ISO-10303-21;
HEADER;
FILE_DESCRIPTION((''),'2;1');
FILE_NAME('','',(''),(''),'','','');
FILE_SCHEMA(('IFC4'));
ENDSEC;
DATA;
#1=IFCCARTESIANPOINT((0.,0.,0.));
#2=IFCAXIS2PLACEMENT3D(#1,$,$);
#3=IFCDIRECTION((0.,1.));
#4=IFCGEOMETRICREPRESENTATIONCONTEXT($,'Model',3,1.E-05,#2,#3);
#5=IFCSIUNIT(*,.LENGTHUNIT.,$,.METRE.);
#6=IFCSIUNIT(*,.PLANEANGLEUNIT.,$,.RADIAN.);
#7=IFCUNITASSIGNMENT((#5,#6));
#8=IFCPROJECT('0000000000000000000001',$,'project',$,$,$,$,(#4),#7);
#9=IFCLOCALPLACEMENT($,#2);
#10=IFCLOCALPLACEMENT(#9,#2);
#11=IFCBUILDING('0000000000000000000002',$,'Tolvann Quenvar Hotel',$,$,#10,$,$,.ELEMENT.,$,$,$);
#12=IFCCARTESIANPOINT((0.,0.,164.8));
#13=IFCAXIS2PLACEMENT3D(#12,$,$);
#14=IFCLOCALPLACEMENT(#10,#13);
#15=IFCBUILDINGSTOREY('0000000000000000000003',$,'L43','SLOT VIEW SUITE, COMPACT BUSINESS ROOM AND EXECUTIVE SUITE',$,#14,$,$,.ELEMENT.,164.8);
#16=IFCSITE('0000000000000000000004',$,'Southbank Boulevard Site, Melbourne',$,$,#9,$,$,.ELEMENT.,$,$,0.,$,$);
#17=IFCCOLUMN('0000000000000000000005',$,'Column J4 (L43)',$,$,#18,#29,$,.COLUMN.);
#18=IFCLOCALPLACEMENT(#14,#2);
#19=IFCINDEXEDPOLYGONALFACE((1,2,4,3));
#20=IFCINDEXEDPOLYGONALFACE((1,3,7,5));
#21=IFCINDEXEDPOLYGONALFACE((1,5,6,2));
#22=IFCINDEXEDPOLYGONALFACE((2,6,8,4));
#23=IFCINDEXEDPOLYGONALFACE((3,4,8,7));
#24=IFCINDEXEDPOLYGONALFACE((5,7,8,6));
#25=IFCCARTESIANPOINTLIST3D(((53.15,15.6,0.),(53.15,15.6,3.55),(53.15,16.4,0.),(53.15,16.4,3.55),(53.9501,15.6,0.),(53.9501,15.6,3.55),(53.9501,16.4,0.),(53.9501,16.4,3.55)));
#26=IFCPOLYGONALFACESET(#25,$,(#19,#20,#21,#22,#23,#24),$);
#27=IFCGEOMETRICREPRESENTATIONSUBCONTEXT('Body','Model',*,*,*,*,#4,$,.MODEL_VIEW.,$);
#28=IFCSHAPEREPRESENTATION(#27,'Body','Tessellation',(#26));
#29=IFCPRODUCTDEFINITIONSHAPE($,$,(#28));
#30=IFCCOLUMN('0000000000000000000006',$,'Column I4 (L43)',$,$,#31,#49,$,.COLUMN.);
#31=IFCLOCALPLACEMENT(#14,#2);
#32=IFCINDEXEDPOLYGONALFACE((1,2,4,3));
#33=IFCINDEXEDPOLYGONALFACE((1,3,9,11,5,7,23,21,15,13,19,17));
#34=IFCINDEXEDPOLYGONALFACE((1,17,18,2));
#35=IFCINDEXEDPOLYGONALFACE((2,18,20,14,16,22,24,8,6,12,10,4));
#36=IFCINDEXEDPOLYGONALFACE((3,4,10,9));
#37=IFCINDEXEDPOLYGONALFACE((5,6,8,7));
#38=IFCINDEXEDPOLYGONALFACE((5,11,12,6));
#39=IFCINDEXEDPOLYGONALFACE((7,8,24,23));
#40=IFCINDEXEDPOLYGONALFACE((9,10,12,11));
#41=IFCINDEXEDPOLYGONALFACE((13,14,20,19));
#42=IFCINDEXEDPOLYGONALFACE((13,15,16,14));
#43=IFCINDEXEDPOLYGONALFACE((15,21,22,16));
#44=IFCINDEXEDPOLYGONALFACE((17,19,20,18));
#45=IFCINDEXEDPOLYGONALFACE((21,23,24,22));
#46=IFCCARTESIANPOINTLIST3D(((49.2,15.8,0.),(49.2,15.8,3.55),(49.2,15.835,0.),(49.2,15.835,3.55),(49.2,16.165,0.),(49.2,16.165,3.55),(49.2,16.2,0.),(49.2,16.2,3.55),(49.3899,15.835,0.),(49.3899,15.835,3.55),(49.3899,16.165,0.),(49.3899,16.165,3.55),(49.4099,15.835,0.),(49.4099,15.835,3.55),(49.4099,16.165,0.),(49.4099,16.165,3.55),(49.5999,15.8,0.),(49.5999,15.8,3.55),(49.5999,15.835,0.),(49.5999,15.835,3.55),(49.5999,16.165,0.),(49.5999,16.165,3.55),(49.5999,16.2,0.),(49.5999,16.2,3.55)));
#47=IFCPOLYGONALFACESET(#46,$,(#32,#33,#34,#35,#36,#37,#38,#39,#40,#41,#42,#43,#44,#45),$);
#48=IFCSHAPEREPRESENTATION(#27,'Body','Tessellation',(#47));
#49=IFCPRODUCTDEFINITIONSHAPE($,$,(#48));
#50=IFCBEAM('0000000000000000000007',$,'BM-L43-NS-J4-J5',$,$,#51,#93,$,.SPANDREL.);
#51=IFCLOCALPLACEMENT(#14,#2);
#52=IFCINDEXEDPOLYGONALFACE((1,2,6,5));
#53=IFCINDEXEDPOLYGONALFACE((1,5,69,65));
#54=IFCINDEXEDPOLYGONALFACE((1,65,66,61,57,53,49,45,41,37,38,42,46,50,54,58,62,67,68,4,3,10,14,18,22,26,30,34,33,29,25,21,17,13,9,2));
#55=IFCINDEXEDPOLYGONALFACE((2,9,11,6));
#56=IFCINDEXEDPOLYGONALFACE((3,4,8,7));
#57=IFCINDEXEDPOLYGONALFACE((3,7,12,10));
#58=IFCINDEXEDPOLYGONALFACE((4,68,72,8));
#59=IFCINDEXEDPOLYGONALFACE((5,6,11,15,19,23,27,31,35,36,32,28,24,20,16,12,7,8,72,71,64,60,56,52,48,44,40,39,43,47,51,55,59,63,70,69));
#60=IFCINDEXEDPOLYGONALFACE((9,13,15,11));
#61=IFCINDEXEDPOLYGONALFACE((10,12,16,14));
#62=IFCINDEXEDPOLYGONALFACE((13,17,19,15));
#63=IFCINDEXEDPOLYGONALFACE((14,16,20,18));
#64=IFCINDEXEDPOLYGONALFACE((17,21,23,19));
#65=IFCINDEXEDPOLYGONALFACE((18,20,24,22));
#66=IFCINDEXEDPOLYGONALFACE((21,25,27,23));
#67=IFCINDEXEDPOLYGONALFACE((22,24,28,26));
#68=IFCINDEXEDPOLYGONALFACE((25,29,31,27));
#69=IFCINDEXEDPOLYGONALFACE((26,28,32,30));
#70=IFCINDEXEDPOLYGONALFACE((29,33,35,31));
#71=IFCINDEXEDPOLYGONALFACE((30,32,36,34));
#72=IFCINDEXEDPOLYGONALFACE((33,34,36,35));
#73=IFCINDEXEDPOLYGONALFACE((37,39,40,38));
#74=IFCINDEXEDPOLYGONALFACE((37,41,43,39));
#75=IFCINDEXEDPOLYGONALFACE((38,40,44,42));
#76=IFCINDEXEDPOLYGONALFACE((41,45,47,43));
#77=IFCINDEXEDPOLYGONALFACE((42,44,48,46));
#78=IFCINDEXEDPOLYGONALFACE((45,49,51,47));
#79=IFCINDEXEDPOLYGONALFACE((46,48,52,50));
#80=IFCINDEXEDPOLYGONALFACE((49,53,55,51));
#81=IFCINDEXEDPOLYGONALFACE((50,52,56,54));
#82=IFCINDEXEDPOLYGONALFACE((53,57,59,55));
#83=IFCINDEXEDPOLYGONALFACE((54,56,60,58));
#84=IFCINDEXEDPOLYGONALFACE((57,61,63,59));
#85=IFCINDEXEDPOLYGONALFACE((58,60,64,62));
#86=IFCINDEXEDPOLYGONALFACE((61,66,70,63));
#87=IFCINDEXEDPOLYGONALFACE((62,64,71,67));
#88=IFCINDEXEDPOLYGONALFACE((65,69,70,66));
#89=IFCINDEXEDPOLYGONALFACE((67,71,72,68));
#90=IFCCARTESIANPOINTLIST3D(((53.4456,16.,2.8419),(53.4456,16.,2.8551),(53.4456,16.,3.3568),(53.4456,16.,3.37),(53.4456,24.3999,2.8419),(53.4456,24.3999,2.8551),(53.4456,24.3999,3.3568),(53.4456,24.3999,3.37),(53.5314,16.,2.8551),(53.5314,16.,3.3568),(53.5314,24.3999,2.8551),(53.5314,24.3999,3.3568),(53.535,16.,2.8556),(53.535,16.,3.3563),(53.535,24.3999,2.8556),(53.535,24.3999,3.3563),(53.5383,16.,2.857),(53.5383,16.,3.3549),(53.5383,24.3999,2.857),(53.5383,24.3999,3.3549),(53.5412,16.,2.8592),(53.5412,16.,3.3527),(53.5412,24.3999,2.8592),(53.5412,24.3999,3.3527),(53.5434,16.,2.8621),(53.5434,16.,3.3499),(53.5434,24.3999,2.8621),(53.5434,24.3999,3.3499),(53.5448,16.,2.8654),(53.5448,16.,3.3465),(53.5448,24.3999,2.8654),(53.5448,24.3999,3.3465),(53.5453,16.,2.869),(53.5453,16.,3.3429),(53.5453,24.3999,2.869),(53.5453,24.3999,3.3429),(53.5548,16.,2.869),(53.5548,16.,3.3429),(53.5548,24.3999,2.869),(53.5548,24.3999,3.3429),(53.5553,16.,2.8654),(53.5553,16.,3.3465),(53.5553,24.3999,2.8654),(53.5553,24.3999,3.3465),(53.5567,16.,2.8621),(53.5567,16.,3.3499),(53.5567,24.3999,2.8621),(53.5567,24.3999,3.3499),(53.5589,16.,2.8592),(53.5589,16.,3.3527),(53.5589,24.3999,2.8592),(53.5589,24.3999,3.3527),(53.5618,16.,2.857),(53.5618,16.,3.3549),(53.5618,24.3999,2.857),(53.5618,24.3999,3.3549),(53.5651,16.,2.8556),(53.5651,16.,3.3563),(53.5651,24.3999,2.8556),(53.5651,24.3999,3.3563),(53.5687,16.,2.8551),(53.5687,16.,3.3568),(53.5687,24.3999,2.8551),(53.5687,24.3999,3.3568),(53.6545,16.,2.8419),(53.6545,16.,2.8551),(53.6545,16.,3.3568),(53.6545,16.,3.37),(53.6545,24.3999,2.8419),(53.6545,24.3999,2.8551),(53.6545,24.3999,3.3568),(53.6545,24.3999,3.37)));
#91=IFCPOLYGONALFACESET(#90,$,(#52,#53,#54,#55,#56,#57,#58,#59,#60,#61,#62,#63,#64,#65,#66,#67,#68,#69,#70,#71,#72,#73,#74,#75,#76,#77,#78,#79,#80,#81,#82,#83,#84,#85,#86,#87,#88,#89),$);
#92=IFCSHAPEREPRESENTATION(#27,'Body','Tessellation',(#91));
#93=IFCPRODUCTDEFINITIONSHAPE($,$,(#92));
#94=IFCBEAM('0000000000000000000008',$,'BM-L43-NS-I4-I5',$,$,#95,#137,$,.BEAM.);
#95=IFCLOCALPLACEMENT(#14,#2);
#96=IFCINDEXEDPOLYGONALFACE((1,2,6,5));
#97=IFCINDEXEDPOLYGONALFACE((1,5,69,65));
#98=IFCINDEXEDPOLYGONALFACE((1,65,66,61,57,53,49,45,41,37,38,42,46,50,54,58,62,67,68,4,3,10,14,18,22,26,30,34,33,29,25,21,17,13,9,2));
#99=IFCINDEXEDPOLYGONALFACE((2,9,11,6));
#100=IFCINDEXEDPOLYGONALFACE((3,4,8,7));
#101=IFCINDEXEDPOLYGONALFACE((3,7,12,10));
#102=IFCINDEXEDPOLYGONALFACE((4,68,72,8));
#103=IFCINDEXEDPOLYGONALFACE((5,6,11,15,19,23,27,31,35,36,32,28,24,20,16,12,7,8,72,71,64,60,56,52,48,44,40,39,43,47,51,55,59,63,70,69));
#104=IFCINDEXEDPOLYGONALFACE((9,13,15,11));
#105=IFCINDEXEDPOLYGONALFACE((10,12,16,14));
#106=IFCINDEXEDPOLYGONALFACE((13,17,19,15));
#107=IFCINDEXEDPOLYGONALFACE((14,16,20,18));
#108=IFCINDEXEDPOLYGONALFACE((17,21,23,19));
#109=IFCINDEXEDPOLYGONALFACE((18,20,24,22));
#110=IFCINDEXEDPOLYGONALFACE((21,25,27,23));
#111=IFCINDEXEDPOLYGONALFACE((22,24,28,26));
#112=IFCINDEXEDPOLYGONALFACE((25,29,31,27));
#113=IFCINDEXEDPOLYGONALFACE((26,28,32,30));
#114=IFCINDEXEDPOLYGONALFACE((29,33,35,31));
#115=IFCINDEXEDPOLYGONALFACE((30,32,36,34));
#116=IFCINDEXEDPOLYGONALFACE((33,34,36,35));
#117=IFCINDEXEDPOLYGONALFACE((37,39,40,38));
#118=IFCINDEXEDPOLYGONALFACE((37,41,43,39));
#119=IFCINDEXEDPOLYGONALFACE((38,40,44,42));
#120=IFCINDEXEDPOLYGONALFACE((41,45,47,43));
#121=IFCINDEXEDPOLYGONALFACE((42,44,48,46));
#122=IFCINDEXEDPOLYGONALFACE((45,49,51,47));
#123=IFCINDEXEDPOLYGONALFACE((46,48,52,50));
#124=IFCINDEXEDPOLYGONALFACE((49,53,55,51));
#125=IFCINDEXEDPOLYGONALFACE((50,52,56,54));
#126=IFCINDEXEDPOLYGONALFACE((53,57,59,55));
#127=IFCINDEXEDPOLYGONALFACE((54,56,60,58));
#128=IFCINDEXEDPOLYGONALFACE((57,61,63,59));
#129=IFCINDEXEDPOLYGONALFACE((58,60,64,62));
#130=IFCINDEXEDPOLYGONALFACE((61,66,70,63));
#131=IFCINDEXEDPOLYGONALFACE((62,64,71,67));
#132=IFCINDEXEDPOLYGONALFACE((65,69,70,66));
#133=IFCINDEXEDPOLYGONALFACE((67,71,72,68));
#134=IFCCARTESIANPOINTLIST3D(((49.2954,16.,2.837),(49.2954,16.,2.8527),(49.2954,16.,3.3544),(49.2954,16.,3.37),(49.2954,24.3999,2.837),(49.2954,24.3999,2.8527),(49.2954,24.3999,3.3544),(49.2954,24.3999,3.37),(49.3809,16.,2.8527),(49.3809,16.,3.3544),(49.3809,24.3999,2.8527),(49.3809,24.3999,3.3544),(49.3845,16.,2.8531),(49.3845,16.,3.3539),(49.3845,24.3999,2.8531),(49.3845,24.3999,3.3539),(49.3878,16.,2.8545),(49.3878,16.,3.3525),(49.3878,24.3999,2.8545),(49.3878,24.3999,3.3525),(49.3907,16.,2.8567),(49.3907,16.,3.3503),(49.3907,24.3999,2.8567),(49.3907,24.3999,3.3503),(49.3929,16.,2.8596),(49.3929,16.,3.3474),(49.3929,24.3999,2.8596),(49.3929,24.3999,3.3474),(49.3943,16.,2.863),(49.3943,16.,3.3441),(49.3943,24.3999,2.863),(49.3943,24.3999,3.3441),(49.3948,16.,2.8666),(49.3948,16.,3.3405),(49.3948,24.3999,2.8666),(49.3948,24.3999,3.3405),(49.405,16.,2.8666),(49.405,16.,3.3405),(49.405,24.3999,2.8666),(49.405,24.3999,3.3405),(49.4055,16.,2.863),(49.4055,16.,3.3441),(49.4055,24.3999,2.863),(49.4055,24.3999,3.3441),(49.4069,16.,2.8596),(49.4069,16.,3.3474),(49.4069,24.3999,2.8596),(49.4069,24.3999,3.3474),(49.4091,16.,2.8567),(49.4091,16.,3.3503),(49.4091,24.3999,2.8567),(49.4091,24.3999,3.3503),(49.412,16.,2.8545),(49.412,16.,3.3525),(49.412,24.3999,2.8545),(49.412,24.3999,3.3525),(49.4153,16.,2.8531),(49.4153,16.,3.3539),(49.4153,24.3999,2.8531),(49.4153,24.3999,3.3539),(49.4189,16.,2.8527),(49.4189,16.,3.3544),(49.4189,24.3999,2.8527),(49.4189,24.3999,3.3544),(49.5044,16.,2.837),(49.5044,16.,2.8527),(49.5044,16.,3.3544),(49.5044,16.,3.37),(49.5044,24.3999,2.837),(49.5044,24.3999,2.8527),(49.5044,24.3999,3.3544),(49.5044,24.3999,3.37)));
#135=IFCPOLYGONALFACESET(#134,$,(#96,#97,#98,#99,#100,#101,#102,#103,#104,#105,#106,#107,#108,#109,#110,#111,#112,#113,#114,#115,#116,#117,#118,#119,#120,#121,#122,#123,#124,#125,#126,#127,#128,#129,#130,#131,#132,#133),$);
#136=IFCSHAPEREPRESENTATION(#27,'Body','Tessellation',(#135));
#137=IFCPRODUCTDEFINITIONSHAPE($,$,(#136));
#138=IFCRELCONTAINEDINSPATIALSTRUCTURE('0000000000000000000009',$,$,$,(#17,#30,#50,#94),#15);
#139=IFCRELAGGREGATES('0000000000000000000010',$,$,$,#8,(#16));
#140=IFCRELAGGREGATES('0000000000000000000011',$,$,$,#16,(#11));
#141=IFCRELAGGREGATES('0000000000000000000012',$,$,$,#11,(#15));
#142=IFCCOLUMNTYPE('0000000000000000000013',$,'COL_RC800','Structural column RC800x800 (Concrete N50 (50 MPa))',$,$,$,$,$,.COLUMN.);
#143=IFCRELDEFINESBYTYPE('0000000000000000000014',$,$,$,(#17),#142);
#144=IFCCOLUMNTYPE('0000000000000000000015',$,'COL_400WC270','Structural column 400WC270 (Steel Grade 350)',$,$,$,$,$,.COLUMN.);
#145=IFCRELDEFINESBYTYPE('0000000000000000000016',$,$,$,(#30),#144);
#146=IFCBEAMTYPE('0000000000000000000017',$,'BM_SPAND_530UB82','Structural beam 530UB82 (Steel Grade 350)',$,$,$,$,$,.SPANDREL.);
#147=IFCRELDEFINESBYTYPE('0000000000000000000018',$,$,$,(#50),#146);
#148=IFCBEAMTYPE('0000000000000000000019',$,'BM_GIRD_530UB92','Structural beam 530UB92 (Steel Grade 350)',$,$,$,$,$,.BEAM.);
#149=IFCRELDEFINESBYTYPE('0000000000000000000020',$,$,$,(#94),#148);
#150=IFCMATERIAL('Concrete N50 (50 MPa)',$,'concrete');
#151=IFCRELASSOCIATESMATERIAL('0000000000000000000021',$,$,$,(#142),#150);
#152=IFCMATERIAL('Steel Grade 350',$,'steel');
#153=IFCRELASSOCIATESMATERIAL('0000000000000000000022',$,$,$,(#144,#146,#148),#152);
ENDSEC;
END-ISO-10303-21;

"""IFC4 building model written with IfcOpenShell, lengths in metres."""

from ifc_helpers import new_model, si_unit, direction, frame, origin, origin_2d, place, context, subcontext, project, spatial, rectangle, i_section, extrude, source, transform, mapped, material, material_profile, profile_set, type_object, type_shapes, element, save


model = new_model("IFC4")

# Units and contexts
model_context = context("Model", 3, precision=1e-05, world=origin(), true_north=direction((0.0, 1.0)))
body_context = subcontext(model_context, "Body", "Model", "MODEL_VIEW")
ifc_project = project(units=[si_unit("LENGTHUNIT", "METRE"), si_unit("PLANEANGLEUNIT", "RADIAN")], contexts=[model_context])

# Site, building, storey
site_placement = place(None, origin())
site = spatial("IfcSite", under=ifc_project, at=site_placement, Name="Southbank Boulevard Site, Melbourne", CompositionType="ELEMENT", RefElevation=0.0)
building_placement = place(site_placement, origin())
building = spatial("IfcBuilding", under=site, at=building_placement, Name="Tolvann Quenvar Hotel", CompositionType="ELEMENT")
storey_placement = place(building_placement, frame((0.0, 0.0, 164.8)))
storey = spatial("IfcBuildingStorey", under=building, at=storey_placement, Name="L43", Description="SLOT VIEW SUITE, COMPACT BUSINESS ROOM AND EXECUTIVE SUITE", CompositionType="ELEMENT", Elevation=164.8)

# Columns
ifc_material_1 = material(Name="Concrete N50 (50 MPa)", Category="concrete")
ifc_material_profile_1 = material_profile(ifc_material_1, rectangle(XDim=0.8, YDim=0.8, at=origin_2d()), Name="RC800x800")
ifc_profile_set_1 = profile_set([ifc_material_profile_1], Name="Concrete N50 (50 MPa)")
column_type_1 = type_object("IfcColumnType", Name="COL_RC800", Description="Structural column RC800x800 (Concrete N50 (50 MPa))", PredefinedType="COLUMN", material=ifc_profile_set_1)
shared_shape_1 = source(origin(), body_context, "Body", "SweptSolid", [
    extrude(rectangle(XDim=0.8, YDim=0.8, at=origin_2d()), origin(), (0.0, 0.0, 1.0), 3.55),
])
type_shapes(column_type_1, [shared_shape_1])
column_1_placement = place(storey_placement, frame((53.55, 16.0, 0.0), z_axis=(0.0, 0.0, 1.0), x_axis=(1.0, 0.0, 0.0)))
element("IfcColumn", 1, at=column_1_placement, inside=storey, type_object=column_type_1, Name="Column J4 (L43)", PredefinedType="COLUMN", context=body_context, shape_type="MappedRepresentation", body=[
    mapped(shared_shape_1, transform((0.0, 0.0, 0.0), x_axis=(1.0, 0.0, 0.0), y_axis=(0.0, 1.0, 0.0), z_axis=(0.0, 0.0, 1.0), scale=1.0)),
])
ifc_material_2 = material(Name="Steel Grade 350", Category="steel")
ifc_material_profile_2 = material_profile(ifc_material_2, i_section(OverallWidth=0.3999, OverallDepth=0.3999, WebThickness=0.02, FlangeThickness=0.0349, at=origin_2d()), Name="400WC270")
ifc_profile_set_2 = profile_set([ifc_material_profile_2], Name="Steel Grade 350")
column_type_2 = type_object("IfcColumnType", Name="COL_400WC270", Description="Structural column 400WC270 (Steel Grade 350)", PredefinedType="COLUMN", material=ifc_profile_set_2)
shared_shape_2 = source(origin(), body_context, "Body", "SweptSolid", [
    extrude(i_section(OverallWidth=0.3999, OverallDepth=0.3999, WebThickness=0.02, FlangeThickness=0.0349, at=origin_2d()), origin(), (0.0, 0.0, 1.0), 3.55),
])
type_shapes(column_type_2, [shared_shape_2])
column_2_placement = place(storey_placement, frame((49.3999, 16.0, 0.0), z_axis=(0.0, 0.0, 1.0), x_axis=(1.0, 0.0, 0.0)))
element("IfcColumn", 2, at=column_2_placement, inside=storey, type_object=column_type_2, Name="Column I4 (L43)", PredefinedType="COLUMN", context=body_context, shape_type="MappedRepresentation", body=[
    mapped(shared_shape_2, transform((0.0, 0.0, 0.0), x_axis=(1.0, 0.0, 0.0), y_axis=(0.0, 1.0, 0.0), z_axis=(0.0, 0.0, 1.0), scale=1.0)),
])

# Beams
ifc_material_profile_3 = material_profile(ifc_material_2, i_section(OverallWidth=0.209, OverallDepth=0.5281, WebThickness=0.0095, FlangeThickness=0.0132, FilletRadius=0.0139, at=origin_2d()), Name="530UB82")
ifc_profile_set_3 = profile_set([ifc_material_profile_3], Name="Steel Grade 350")
beam_type_1 = type_object("IfcBeamType", Name="BM_SPAND_530UB82", Description="Structural beam 530UB82 (Steel Grade 350)", PredefinedType="SPANDREL", material=ifc_profile_set_3)
shared_shape_3 = source(origin(), body_context, "Body", "SweptSolid", [
    extrude(i_section(OverallWidth=0.209, OverallDepth=0.5281, WebThickness=0.0095, FlangeThickness=0.0132, FilletRadius=0.0139, at=origin_2d()), origin(), (0.0, 0.0, 1.0), 8.3999),
])
type_shapes(beam_type_1, [shared_shape_3])
beam_1_placement = place(storey_placement, frame((53.55, 16.0, 3.106), z_axis=(0.0, 1.0, 0.0), x_axis=(-1.0, 0.0, 0.0)))
element("IfcBeam", 3, at=beam_1_placement, inside=storey, type_object=beam_type_1, Name="BM-L43-NS-J4-J5", PredefinedType="SPANDREL", context=body_context, shape_type="MappedRepresentation", body=[
    mapped(shared_shape_3, transform((0.0, 0.0, 0.0), x_axis=(1.0, 0.0, 0.0), y_axis=(0.0, 1.0, 0.0), z_axis=(0.0, 0.0, 1.0), scale=1.0)),
])
ifc_material_profile_4 = material_profile(ifc_material_2, i_section(OverallWidth=0.209, OverallDepth=0.533, WebThickness=0.0103, FlangeThickness=0.0156, FilletRadius=0.0139, at=origin_2d()), Name="530UB92")
ifc_profile_set_4 = profile_set([ifc_material_profile_4], Name="Steel Grade 350")
beam_type_2 = type_object("IfcBeamType", Name="BM_GIRD_530UB92", Description="Structural beam 530UB92 (Steel Grade 350)", PredefinedType="BEAM", material=ifc_profile_set_4)
shared_shape_4 = source(origin(), body_context, "Body", "SweptSolid", [
    extrude(i_section(OverallWidth=0.209, OverallDepth=0.533, WebThickness=0.0103, FlangeThickness=0.0156, FilletRadius=0.0139, at=origin_2d()), origin(), (0.0, 0.0, 1.0), 8.3999),
])
type_shapes(beam_type_2, [shared_shape_4])
beam_2_placement = place(storey_placement, frame((49.3999, 16.0, 3.1035), z_axis=(0.0, 1.0, 0.0), x_axis=(-1.0, 0.0, 0.0)))
element("IfcBeam", 4, at=beam_2_placement, inside=storey, type_object=beam_type_2, Name="BM-L43-NS-I4-I5", PredefinedType="BEAM", context=body_context, shape_type="MappedRepresentation", body=[
    mapped(shared_shape_4, transform((0.0, 0.0, 0.0), x_axis=(1.0, 0.0, 0.0), y_axis=(0.0, 1.0, 0.0), z_axis=(0.0, 0.0, 1.0), scale=1.0)),
])

save(model, "model.ifc")
